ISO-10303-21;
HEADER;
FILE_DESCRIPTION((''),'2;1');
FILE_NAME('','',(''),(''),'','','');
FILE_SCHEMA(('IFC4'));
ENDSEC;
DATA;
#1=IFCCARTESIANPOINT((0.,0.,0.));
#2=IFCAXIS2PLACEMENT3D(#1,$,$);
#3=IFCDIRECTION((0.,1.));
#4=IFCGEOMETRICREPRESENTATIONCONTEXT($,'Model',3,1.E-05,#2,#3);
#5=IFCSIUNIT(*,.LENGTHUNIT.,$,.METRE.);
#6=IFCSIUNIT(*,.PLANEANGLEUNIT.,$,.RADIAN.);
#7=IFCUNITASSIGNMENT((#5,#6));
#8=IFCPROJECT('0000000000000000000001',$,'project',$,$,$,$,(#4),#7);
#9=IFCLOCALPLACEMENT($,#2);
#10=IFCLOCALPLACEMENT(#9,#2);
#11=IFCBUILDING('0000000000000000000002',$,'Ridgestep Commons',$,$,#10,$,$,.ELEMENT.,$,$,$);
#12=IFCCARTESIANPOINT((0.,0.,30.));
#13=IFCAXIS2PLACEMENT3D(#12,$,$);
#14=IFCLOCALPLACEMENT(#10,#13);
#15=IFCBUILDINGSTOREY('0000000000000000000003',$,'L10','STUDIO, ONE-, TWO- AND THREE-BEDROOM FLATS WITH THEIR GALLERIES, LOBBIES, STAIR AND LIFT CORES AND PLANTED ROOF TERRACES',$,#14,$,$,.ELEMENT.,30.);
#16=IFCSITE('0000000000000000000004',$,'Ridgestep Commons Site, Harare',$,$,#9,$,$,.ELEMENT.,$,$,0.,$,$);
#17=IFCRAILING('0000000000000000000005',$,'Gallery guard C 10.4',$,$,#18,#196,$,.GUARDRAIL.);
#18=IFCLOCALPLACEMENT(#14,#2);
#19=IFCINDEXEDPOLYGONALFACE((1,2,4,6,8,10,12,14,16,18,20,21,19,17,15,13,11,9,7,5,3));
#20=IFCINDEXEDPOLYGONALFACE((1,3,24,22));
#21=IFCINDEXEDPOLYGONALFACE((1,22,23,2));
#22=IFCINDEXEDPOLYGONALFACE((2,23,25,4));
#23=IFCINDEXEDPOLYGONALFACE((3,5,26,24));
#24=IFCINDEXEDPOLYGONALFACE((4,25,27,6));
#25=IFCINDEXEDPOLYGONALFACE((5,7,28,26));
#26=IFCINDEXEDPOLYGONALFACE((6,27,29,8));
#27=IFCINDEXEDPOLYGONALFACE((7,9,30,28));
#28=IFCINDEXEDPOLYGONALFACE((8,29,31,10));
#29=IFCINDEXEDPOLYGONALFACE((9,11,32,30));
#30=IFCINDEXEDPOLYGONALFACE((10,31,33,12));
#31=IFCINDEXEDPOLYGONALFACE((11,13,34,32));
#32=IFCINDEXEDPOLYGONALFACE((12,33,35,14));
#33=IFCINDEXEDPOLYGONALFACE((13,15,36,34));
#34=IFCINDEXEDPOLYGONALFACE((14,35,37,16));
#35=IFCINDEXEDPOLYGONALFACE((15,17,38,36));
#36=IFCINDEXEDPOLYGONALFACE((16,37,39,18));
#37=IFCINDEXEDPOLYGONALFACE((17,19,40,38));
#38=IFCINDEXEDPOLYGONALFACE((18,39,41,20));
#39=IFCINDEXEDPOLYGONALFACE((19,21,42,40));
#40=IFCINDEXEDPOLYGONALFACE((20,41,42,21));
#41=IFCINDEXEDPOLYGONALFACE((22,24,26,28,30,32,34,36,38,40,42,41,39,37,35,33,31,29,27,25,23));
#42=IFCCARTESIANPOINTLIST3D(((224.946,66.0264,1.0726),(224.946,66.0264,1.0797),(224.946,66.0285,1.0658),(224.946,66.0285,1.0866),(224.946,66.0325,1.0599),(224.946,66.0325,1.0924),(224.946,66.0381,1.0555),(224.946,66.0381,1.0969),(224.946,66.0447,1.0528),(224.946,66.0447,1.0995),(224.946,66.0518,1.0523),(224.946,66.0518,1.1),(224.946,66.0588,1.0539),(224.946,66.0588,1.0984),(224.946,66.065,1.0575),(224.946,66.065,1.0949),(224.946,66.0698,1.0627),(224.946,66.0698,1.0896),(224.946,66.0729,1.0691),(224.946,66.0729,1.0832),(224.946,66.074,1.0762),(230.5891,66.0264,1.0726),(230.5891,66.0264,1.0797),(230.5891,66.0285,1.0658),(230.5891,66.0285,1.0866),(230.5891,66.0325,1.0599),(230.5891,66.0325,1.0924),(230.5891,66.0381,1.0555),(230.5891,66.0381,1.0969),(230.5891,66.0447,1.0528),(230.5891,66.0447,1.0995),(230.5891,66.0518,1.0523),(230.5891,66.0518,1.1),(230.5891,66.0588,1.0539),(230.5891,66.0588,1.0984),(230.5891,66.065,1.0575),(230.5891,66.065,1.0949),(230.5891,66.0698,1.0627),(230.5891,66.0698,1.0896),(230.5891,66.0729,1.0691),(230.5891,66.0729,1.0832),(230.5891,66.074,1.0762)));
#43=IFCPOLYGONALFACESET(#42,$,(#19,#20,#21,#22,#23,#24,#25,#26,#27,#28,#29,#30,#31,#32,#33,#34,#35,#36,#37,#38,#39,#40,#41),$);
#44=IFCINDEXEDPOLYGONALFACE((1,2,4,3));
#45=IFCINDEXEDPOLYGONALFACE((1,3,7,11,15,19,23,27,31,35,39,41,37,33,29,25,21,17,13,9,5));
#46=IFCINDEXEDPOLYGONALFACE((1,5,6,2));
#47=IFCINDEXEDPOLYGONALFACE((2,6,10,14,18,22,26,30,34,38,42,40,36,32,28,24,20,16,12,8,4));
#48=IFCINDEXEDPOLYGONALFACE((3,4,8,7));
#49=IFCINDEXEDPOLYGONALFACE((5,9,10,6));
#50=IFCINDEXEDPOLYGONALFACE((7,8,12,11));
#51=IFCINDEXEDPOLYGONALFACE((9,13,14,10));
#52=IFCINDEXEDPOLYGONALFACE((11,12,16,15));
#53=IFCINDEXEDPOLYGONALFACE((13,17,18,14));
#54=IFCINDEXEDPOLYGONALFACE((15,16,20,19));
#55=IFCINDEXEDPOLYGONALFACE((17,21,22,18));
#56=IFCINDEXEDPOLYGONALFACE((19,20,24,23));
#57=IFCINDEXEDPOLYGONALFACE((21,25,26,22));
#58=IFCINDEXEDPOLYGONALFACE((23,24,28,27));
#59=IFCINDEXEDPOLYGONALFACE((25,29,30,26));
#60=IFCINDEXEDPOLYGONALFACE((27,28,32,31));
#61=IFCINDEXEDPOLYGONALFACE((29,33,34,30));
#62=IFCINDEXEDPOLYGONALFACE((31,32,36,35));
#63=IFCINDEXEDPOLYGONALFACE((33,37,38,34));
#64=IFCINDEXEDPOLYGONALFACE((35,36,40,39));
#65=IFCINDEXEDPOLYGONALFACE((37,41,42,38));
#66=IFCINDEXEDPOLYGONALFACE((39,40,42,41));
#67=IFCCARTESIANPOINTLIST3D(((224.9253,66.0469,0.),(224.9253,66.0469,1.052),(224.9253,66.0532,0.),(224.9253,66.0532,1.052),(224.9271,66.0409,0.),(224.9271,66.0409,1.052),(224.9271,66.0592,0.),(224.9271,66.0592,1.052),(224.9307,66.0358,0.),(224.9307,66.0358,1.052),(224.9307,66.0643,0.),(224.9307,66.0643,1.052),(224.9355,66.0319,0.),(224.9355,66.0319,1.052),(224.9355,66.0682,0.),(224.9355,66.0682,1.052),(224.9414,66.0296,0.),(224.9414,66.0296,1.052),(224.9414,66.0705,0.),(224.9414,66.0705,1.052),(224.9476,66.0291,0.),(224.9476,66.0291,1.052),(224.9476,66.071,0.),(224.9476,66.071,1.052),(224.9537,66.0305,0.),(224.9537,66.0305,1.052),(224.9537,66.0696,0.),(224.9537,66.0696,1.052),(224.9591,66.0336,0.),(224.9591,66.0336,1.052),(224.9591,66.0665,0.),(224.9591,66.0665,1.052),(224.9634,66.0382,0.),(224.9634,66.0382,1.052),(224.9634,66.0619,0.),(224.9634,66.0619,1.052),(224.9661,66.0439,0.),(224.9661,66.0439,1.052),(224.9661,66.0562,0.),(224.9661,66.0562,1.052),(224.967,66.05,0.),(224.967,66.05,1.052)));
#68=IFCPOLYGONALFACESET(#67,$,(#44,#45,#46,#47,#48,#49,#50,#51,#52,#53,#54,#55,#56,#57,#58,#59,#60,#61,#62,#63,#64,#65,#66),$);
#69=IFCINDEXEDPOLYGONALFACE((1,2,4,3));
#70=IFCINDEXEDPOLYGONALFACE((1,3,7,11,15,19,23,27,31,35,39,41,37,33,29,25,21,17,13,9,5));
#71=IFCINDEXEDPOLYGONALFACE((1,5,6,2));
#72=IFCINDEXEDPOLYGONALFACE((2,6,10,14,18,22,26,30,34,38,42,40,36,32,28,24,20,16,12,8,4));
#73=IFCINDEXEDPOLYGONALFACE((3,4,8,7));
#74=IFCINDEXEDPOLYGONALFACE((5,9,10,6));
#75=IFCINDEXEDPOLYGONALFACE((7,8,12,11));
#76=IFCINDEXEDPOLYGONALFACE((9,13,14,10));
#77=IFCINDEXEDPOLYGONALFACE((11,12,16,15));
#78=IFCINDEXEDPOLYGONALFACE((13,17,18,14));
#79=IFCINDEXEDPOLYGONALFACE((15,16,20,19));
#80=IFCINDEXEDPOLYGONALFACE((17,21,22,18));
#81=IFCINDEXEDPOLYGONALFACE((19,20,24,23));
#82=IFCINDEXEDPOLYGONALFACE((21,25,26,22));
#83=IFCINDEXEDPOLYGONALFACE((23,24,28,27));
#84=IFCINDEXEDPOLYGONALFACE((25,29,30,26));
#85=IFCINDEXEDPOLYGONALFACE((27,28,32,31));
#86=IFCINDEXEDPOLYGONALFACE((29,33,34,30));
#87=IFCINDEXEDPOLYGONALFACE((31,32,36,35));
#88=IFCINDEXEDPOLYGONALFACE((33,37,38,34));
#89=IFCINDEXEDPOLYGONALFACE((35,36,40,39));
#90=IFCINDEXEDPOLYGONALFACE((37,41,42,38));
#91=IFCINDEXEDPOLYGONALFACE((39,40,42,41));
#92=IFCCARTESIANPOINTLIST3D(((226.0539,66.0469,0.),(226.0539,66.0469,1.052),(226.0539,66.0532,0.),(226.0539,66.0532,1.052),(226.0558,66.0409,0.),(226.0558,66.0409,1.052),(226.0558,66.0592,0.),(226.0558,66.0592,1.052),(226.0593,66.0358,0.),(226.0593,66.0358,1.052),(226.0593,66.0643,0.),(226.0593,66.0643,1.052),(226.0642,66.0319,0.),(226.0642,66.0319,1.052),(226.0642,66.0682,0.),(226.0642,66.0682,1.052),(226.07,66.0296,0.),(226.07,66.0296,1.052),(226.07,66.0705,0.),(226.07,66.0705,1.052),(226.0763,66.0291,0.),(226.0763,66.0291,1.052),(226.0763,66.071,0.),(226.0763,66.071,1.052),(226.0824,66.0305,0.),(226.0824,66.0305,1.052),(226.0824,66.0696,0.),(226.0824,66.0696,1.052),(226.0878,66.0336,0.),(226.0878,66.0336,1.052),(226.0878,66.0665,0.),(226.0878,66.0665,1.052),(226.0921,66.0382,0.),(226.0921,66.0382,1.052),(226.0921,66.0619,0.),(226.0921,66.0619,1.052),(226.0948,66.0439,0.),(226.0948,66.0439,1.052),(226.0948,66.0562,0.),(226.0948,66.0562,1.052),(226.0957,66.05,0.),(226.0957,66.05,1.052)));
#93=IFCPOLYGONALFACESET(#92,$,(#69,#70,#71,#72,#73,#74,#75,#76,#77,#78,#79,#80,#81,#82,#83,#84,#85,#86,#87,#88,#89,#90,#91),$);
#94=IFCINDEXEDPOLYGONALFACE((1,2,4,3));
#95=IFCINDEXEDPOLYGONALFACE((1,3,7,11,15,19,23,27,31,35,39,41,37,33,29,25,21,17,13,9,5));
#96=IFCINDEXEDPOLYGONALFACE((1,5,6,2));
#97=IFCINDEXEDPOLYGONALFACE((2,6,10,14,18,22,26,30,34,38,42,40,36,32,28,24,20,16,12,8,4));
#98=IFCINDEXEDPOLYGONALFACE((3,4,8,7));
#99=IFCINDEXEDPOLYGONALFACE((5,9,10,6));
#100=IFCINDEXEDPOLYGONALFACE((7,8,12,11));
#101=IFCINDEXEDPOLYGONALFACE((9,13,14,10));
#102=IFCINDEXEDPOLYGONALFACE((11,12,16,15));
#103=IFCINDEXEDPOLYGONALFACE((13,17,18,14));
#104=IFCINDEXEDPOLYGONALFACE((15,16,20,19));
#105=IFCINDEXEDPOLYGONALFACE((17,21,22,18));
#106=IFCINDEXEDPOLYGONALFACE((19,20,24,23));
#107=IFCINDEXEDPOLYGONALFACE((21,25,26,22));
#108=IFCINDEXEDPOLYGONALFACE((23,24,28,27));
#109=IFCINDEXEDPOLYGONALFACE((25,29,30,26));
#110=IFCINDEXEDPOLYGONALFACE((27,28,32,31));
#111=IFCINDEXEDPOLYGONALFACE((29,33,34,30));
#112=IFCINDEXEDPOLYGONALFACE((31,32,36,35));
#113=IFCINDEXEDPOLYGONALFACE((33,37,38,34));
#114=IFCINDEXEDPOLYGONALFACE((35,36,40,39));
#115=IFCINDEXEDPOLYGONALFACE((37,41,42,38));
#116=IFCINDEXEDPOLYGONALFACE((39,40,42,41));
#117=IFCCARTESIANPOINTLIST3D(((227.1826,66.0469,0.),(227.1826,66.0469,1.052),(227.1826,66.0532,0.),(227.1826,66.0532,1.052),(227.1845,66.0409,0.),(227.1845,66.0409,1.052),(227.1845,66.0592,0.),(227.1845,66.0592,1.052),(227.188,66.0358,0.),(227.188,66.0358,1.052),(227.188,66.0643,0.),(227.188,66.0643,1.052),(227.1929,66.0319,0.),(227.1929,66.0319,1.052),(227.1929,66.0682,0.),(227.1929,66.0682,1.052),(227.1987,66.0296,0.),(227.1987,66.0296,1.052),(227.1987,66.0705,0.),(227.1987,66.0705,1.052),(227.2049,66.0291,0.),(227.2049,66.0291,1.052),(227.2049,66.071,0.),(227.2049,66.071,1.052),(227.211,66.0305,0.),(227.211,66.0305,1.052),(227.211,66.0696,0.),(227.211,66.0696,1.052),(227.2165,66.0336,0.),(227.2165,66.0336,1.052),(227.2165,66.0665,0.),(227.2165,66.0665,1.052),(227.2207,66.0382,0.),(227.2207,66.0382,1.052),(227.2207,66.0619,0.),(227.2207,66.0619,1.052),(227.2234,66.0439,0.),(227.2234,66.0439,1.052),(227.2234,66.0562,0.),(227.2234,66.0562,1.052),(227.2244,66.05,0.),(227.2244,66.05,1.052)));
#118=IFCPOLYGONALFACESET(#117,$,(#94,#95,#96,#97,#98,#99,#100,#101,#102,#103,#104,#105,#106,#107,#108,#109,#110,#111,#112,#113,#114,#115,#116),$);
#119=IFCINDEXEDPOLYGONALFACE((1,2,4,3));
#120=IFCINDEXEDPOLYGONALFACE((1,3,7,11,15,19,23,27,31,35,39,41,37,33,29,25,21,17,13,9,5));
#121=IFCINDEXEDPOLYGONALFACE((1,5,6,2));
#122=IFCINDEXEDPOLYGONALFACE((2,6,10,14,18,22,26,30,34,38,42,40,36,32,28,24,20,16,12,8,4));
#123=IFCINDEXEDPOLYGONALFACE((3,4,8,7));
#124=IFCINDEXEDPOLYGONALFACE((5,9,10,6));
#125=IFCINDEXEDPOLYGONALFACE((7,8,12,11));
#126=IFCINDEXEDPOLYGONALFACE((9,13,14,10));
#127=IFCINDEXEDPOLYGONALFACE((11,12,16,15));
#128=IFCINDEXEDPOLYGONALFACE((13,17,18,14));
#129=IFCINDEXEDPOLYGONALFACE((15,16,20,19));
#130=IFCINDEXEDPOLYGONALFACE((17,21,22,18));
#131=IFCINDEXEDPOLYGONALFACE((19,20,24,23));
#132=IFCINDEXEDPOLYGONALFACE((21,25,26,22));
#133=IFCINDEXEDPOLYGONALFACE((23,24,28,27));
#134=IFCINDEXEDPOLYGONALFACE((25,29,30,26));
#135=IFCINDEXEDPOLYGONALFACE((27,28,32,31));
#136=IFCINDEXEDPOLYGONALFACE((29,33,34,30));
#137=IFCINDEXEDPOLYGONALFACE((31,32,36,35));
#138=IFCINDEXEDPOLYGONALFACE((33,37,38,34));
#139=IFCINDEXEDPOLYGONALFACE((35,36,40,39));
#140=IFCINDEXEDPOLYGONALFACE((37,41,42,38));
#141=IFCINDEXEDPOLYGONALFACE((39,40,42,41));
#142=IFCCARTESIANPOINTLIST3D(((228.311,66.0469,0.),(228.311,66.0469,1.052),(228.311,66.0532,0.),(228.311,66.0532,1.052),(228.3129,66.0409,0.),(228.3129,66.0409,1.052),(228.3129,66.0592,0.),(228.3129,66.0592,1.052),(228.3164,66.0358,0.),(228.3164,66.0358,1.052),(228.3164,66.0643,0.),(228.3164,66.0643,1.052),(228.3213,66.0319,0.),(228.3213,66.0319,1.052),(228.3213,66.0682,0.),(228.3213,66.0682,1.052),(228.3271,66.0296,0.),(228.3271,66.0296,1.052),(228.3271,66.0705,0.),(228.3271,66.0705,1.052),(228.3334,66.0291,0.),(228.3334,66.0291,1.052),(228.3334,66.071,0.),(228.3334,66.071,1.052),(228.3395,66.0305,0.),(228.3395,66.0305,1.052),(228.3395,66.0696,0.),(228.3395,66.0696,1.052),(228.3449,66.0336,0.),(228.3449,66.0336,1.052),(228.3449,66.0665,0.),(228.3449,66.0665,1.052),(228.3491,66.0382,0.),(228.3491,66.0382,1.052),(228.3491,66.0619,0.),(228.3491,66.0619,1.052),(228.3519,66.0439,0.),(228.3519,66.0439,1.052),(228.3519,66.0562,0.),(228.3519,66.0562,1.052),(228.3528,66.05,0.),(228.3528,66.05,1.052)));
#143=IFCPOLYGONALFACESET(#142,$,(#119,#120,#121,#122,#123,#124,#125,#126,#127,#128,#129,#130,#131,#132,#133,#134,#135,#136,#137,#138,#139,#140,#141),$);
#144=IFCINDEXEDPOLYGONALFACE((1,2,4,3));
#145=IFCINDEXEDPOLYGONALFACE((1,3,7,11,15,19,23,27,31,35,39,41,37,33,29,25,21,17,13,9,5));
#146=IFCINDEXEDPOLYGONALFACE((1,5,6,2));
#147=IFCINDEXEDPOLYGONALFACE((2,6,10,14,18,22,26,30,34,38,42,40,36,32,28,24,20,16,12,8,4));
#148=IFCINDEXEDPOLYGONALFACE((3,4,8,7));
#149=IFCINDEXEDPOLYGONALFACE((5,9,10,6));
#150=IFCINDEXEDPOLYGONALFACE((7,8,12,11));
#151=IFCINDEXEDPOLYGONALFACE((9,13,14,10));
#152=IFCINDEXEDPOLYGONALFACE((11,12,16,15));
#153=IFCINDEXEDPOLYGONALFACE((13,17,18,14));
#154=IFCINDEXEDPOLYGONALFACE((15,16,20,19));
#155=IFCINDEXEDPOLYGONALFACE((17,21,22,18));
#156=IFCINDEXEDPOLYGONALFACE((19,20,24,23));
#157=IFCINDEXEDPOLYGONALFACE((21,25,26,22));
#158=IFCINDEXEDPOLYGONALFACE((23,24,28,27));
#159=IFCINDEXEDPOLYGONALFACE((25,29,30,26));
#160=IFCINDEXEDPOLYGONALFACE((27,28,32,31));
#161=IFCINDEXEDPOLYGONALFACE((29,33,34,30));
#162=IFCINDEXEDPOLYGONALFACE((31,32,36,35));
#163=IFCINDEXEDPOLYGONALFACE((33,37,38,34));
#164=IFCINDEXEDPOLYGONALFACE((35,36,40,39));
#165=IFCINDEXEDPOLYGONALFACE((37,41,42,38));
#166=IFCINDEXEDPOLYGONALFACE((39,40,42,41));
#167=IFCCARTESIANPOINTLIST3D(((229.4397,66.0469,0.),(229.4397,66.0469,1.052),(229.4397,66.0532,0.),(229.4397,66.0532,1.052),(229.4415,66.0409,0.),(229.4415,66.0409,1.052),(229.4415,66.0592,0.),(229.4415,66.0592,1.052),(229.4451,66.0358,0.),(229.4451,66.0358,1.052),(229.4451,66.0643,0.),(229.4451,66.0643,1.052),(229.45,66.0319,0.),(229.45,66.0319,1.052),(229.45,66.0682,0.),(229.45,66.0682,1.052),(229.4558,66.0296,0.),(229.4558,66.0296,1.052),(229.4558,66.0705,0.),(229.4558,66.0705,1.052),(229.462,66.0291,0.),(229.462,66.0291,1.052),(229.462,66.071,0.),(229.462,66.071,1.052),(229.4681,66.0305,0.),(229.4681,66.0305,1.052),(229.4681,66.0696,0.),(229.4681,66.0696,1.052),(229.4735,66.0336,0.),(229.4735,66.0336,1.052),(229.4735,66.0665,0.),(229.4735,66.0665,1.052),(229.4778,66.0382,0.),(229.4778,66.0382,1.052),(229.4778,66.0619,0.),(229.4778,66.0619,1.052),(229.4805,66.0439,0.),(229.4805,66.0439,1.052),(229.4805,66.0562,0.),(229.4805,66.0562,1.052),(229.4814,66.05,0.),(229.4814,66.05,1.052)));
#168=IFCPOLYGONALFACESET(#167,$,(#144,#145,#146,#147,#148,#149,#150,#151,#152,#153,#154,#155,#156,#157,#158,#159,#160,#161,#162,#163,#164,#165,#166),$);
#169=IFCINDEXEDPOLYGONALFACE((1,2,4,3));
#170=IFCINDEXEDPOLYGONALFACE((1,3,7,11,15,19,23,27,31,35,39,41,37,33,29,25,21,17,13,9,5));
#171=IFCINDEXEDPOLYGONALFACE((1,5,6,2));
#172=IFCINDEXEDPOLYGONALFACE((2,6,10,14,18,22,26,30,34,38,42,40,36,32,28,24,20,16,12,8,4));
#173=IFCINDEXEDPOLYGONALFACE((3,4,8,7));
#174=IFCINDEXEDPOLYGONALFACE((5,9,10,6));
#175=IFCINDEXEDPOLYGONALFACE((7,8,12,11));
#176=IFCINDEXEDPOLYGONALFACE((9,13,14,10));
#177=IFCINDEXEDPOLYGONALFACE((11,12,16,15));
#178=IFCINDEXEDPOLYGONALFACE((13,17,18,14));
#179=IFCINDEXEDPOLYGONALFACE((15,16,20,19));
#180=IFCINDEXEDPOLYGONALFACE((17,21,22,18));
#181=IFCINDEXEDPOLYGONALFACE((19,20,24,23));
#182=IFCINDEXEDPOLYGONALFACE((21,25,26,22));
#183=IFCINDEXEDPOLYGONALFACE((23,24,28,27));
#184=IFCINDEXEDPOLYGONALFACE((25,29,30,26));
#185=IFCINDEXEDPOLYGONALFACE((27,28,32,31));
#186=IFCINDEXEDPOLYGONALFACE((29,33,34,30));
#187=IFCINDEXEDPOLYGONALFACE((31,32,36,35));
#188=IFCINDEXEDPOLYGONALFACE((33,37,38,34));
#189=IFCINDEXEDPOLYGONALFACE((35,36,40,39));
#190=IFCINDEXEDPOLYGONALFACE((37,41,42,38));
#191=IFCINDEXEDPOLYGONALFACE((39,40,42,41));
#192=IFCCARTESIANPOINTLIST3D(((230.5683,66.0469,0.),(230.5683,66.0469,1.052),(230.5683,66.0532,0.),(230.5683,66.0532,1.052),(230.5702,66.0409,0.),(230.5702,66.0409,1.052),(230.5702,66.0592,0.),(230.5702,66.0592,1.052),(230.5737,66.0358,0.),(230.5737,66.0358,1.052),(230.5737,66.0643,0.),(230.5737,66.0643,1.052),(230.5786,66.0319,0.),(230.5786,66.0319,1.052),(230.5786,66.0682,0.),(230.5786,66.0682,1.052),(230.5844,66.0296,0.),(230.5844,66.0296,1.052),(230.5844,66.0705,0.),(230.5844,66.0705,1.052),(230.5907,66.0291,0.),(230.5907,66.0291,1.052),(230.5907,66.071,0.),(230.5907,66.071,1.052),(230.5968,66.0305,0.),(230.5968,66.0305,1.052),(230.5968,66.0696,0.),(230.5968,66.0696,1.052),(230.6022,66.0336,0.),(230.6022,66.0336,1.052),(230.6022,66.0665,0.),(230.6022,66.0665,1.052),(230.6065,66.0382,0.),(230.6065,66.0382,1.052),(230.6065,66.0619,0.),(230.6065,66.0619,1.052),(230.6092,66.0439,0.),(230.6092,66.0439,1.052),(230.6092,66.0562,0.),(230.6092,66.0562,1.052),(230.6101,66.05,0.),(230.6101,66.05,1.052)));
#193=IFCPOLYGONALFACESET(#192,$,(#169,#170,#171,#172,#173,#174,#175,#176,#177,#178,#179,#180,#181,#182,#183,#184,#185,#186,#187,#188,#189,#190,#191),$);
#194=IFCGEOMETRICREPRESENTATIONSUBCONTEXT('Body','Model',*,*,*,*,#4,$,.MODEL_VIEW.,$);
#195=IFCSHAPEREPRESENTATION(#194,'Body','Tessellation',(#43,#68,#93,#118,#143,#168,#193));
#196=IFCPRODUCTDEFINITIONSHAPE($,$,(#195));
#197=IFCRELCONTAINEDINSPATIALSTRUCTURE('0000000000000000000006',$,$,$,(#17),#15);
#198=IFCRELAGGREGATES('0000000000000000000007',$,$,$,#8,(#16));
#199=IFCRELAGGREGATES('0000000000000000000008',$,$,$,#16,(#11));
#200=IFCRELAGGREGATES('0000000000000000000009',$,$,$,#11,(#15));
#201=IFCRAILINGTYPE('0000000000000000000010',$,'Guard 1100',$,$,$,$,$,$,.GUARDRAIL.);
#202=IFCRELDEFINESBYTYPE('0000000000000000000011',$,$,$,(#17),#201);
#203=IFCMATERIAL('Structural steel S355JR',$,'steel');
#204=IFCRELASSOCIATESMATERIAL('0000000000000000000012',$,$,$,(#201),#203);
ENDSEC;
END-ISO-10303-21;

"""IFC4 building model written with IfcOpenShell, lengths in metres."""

from ifc_helpers import new_model, si_unit, direction, frame, origin, origin_2d, place, context, subcontext, project, spatial, circle, extrude, material, type_object, element, save


model = new_model("IFC4")

# Units and contexts
model_context = context("Model", 3, precision=1e-05, world=origin(), true_north=direction((0.0, 1.0)))
body_context = subcontext(model_context, "Body", "Model", "MODEL_VIEW")
ifc_project = project(units=[si_unit("LENGTHUNIT", "METRE"), si_unit("PLANEANGLEUNIT", "RADIAN")], contexts=[model_context])

# Site, building, storey
site_placement = place(None, origin())
site = spatial("IfcSite", under=ifc_project, at=site_placement, Name="Ridgestep Commons Site, Harare", CompositionType="ELEMENT", RefElevation=0.0)
building_placement = place(site_placement, origin())
building = spatial("IfcBuilding", under=site, at=building_placement, Name="Ridgestep Commons", CompositionType="ELEMENT")
storey_placement = place(building_placement, frame((0.0, 0.0, 30.0)))
storey = spatial("IfcBuildingStorey", under=building, at=storey_placement, Name="L10", Description="STUDIO, ONE-, TWO- AND THREE-BEDROOM FLATS WITH THEIR GALLERIES, LOBBIES, STAIR AND LIFT CORES AND PLANTED ROOF TERRACES", CompositionType="ELEMENT", Elevation=30.0)

# Railing
ifc_material_1 = material(Name="Structural steel S355JR", Category="steel")
railing_type = type_object("IfcRailingType", Name="Guard 1100", PredefinedType="GUARDRAIL", material=ifc_material_1)
railing_1_placement = place(storey_placement, frame((224.946, 66.05, 0.0)))
element("IfcRailing", 1, at=railing_1_placement, inside=storey, type_object=railing_type, Name="Gallery guard C 10.4", PredefinedType="GUARDRAIL", context=body_context, shape_type="SweptSolid", body=[
    extrude(circle(Radius=0.0239, at=origin_2d()), frame((0.0, 0.0, 1.0762), z_axis=(1.0, 0.0, 0.0), x_axis=(0.0, 1.0, 0.0)), (0.0, 0.0, 1.0), 5.6431),
    extrude(circle(Radius=0.021, at=origin_2d()), origin(), (0.0, 0.0, 1.0), 1.052),
    extrude(circle(Radius=0.021, at=origin_2d()), frame((1.1287, 0.0, 0.0)), (0.0, 0.0, 1.0), 1.052),
    extrude(circle(Radius=0.021, at=origin_2d()), frame((2.2573, 0.0, 0.0)), (0.0, 0.0, 1.0), 1.052),
    extrude(circle(Radius=0.021, at=origin_2d()), frame((3.3857, 0.0, 0.0)), (0.0, 0.0, 1.0), 1.052),
    extrude(circle(Radius=0.021, at=origin_2d()), frame((4.5144, 0.0, 0.0)), (0.0, 0.0, 1.0), 1.052),
    extrude(circle(Radius=0.021, at=origin_2d()), frame((5.6431, 0.0, 0.0)), (0.0, 0.0, 1.0), 1.052),
])

save(model, "model.ifc")
